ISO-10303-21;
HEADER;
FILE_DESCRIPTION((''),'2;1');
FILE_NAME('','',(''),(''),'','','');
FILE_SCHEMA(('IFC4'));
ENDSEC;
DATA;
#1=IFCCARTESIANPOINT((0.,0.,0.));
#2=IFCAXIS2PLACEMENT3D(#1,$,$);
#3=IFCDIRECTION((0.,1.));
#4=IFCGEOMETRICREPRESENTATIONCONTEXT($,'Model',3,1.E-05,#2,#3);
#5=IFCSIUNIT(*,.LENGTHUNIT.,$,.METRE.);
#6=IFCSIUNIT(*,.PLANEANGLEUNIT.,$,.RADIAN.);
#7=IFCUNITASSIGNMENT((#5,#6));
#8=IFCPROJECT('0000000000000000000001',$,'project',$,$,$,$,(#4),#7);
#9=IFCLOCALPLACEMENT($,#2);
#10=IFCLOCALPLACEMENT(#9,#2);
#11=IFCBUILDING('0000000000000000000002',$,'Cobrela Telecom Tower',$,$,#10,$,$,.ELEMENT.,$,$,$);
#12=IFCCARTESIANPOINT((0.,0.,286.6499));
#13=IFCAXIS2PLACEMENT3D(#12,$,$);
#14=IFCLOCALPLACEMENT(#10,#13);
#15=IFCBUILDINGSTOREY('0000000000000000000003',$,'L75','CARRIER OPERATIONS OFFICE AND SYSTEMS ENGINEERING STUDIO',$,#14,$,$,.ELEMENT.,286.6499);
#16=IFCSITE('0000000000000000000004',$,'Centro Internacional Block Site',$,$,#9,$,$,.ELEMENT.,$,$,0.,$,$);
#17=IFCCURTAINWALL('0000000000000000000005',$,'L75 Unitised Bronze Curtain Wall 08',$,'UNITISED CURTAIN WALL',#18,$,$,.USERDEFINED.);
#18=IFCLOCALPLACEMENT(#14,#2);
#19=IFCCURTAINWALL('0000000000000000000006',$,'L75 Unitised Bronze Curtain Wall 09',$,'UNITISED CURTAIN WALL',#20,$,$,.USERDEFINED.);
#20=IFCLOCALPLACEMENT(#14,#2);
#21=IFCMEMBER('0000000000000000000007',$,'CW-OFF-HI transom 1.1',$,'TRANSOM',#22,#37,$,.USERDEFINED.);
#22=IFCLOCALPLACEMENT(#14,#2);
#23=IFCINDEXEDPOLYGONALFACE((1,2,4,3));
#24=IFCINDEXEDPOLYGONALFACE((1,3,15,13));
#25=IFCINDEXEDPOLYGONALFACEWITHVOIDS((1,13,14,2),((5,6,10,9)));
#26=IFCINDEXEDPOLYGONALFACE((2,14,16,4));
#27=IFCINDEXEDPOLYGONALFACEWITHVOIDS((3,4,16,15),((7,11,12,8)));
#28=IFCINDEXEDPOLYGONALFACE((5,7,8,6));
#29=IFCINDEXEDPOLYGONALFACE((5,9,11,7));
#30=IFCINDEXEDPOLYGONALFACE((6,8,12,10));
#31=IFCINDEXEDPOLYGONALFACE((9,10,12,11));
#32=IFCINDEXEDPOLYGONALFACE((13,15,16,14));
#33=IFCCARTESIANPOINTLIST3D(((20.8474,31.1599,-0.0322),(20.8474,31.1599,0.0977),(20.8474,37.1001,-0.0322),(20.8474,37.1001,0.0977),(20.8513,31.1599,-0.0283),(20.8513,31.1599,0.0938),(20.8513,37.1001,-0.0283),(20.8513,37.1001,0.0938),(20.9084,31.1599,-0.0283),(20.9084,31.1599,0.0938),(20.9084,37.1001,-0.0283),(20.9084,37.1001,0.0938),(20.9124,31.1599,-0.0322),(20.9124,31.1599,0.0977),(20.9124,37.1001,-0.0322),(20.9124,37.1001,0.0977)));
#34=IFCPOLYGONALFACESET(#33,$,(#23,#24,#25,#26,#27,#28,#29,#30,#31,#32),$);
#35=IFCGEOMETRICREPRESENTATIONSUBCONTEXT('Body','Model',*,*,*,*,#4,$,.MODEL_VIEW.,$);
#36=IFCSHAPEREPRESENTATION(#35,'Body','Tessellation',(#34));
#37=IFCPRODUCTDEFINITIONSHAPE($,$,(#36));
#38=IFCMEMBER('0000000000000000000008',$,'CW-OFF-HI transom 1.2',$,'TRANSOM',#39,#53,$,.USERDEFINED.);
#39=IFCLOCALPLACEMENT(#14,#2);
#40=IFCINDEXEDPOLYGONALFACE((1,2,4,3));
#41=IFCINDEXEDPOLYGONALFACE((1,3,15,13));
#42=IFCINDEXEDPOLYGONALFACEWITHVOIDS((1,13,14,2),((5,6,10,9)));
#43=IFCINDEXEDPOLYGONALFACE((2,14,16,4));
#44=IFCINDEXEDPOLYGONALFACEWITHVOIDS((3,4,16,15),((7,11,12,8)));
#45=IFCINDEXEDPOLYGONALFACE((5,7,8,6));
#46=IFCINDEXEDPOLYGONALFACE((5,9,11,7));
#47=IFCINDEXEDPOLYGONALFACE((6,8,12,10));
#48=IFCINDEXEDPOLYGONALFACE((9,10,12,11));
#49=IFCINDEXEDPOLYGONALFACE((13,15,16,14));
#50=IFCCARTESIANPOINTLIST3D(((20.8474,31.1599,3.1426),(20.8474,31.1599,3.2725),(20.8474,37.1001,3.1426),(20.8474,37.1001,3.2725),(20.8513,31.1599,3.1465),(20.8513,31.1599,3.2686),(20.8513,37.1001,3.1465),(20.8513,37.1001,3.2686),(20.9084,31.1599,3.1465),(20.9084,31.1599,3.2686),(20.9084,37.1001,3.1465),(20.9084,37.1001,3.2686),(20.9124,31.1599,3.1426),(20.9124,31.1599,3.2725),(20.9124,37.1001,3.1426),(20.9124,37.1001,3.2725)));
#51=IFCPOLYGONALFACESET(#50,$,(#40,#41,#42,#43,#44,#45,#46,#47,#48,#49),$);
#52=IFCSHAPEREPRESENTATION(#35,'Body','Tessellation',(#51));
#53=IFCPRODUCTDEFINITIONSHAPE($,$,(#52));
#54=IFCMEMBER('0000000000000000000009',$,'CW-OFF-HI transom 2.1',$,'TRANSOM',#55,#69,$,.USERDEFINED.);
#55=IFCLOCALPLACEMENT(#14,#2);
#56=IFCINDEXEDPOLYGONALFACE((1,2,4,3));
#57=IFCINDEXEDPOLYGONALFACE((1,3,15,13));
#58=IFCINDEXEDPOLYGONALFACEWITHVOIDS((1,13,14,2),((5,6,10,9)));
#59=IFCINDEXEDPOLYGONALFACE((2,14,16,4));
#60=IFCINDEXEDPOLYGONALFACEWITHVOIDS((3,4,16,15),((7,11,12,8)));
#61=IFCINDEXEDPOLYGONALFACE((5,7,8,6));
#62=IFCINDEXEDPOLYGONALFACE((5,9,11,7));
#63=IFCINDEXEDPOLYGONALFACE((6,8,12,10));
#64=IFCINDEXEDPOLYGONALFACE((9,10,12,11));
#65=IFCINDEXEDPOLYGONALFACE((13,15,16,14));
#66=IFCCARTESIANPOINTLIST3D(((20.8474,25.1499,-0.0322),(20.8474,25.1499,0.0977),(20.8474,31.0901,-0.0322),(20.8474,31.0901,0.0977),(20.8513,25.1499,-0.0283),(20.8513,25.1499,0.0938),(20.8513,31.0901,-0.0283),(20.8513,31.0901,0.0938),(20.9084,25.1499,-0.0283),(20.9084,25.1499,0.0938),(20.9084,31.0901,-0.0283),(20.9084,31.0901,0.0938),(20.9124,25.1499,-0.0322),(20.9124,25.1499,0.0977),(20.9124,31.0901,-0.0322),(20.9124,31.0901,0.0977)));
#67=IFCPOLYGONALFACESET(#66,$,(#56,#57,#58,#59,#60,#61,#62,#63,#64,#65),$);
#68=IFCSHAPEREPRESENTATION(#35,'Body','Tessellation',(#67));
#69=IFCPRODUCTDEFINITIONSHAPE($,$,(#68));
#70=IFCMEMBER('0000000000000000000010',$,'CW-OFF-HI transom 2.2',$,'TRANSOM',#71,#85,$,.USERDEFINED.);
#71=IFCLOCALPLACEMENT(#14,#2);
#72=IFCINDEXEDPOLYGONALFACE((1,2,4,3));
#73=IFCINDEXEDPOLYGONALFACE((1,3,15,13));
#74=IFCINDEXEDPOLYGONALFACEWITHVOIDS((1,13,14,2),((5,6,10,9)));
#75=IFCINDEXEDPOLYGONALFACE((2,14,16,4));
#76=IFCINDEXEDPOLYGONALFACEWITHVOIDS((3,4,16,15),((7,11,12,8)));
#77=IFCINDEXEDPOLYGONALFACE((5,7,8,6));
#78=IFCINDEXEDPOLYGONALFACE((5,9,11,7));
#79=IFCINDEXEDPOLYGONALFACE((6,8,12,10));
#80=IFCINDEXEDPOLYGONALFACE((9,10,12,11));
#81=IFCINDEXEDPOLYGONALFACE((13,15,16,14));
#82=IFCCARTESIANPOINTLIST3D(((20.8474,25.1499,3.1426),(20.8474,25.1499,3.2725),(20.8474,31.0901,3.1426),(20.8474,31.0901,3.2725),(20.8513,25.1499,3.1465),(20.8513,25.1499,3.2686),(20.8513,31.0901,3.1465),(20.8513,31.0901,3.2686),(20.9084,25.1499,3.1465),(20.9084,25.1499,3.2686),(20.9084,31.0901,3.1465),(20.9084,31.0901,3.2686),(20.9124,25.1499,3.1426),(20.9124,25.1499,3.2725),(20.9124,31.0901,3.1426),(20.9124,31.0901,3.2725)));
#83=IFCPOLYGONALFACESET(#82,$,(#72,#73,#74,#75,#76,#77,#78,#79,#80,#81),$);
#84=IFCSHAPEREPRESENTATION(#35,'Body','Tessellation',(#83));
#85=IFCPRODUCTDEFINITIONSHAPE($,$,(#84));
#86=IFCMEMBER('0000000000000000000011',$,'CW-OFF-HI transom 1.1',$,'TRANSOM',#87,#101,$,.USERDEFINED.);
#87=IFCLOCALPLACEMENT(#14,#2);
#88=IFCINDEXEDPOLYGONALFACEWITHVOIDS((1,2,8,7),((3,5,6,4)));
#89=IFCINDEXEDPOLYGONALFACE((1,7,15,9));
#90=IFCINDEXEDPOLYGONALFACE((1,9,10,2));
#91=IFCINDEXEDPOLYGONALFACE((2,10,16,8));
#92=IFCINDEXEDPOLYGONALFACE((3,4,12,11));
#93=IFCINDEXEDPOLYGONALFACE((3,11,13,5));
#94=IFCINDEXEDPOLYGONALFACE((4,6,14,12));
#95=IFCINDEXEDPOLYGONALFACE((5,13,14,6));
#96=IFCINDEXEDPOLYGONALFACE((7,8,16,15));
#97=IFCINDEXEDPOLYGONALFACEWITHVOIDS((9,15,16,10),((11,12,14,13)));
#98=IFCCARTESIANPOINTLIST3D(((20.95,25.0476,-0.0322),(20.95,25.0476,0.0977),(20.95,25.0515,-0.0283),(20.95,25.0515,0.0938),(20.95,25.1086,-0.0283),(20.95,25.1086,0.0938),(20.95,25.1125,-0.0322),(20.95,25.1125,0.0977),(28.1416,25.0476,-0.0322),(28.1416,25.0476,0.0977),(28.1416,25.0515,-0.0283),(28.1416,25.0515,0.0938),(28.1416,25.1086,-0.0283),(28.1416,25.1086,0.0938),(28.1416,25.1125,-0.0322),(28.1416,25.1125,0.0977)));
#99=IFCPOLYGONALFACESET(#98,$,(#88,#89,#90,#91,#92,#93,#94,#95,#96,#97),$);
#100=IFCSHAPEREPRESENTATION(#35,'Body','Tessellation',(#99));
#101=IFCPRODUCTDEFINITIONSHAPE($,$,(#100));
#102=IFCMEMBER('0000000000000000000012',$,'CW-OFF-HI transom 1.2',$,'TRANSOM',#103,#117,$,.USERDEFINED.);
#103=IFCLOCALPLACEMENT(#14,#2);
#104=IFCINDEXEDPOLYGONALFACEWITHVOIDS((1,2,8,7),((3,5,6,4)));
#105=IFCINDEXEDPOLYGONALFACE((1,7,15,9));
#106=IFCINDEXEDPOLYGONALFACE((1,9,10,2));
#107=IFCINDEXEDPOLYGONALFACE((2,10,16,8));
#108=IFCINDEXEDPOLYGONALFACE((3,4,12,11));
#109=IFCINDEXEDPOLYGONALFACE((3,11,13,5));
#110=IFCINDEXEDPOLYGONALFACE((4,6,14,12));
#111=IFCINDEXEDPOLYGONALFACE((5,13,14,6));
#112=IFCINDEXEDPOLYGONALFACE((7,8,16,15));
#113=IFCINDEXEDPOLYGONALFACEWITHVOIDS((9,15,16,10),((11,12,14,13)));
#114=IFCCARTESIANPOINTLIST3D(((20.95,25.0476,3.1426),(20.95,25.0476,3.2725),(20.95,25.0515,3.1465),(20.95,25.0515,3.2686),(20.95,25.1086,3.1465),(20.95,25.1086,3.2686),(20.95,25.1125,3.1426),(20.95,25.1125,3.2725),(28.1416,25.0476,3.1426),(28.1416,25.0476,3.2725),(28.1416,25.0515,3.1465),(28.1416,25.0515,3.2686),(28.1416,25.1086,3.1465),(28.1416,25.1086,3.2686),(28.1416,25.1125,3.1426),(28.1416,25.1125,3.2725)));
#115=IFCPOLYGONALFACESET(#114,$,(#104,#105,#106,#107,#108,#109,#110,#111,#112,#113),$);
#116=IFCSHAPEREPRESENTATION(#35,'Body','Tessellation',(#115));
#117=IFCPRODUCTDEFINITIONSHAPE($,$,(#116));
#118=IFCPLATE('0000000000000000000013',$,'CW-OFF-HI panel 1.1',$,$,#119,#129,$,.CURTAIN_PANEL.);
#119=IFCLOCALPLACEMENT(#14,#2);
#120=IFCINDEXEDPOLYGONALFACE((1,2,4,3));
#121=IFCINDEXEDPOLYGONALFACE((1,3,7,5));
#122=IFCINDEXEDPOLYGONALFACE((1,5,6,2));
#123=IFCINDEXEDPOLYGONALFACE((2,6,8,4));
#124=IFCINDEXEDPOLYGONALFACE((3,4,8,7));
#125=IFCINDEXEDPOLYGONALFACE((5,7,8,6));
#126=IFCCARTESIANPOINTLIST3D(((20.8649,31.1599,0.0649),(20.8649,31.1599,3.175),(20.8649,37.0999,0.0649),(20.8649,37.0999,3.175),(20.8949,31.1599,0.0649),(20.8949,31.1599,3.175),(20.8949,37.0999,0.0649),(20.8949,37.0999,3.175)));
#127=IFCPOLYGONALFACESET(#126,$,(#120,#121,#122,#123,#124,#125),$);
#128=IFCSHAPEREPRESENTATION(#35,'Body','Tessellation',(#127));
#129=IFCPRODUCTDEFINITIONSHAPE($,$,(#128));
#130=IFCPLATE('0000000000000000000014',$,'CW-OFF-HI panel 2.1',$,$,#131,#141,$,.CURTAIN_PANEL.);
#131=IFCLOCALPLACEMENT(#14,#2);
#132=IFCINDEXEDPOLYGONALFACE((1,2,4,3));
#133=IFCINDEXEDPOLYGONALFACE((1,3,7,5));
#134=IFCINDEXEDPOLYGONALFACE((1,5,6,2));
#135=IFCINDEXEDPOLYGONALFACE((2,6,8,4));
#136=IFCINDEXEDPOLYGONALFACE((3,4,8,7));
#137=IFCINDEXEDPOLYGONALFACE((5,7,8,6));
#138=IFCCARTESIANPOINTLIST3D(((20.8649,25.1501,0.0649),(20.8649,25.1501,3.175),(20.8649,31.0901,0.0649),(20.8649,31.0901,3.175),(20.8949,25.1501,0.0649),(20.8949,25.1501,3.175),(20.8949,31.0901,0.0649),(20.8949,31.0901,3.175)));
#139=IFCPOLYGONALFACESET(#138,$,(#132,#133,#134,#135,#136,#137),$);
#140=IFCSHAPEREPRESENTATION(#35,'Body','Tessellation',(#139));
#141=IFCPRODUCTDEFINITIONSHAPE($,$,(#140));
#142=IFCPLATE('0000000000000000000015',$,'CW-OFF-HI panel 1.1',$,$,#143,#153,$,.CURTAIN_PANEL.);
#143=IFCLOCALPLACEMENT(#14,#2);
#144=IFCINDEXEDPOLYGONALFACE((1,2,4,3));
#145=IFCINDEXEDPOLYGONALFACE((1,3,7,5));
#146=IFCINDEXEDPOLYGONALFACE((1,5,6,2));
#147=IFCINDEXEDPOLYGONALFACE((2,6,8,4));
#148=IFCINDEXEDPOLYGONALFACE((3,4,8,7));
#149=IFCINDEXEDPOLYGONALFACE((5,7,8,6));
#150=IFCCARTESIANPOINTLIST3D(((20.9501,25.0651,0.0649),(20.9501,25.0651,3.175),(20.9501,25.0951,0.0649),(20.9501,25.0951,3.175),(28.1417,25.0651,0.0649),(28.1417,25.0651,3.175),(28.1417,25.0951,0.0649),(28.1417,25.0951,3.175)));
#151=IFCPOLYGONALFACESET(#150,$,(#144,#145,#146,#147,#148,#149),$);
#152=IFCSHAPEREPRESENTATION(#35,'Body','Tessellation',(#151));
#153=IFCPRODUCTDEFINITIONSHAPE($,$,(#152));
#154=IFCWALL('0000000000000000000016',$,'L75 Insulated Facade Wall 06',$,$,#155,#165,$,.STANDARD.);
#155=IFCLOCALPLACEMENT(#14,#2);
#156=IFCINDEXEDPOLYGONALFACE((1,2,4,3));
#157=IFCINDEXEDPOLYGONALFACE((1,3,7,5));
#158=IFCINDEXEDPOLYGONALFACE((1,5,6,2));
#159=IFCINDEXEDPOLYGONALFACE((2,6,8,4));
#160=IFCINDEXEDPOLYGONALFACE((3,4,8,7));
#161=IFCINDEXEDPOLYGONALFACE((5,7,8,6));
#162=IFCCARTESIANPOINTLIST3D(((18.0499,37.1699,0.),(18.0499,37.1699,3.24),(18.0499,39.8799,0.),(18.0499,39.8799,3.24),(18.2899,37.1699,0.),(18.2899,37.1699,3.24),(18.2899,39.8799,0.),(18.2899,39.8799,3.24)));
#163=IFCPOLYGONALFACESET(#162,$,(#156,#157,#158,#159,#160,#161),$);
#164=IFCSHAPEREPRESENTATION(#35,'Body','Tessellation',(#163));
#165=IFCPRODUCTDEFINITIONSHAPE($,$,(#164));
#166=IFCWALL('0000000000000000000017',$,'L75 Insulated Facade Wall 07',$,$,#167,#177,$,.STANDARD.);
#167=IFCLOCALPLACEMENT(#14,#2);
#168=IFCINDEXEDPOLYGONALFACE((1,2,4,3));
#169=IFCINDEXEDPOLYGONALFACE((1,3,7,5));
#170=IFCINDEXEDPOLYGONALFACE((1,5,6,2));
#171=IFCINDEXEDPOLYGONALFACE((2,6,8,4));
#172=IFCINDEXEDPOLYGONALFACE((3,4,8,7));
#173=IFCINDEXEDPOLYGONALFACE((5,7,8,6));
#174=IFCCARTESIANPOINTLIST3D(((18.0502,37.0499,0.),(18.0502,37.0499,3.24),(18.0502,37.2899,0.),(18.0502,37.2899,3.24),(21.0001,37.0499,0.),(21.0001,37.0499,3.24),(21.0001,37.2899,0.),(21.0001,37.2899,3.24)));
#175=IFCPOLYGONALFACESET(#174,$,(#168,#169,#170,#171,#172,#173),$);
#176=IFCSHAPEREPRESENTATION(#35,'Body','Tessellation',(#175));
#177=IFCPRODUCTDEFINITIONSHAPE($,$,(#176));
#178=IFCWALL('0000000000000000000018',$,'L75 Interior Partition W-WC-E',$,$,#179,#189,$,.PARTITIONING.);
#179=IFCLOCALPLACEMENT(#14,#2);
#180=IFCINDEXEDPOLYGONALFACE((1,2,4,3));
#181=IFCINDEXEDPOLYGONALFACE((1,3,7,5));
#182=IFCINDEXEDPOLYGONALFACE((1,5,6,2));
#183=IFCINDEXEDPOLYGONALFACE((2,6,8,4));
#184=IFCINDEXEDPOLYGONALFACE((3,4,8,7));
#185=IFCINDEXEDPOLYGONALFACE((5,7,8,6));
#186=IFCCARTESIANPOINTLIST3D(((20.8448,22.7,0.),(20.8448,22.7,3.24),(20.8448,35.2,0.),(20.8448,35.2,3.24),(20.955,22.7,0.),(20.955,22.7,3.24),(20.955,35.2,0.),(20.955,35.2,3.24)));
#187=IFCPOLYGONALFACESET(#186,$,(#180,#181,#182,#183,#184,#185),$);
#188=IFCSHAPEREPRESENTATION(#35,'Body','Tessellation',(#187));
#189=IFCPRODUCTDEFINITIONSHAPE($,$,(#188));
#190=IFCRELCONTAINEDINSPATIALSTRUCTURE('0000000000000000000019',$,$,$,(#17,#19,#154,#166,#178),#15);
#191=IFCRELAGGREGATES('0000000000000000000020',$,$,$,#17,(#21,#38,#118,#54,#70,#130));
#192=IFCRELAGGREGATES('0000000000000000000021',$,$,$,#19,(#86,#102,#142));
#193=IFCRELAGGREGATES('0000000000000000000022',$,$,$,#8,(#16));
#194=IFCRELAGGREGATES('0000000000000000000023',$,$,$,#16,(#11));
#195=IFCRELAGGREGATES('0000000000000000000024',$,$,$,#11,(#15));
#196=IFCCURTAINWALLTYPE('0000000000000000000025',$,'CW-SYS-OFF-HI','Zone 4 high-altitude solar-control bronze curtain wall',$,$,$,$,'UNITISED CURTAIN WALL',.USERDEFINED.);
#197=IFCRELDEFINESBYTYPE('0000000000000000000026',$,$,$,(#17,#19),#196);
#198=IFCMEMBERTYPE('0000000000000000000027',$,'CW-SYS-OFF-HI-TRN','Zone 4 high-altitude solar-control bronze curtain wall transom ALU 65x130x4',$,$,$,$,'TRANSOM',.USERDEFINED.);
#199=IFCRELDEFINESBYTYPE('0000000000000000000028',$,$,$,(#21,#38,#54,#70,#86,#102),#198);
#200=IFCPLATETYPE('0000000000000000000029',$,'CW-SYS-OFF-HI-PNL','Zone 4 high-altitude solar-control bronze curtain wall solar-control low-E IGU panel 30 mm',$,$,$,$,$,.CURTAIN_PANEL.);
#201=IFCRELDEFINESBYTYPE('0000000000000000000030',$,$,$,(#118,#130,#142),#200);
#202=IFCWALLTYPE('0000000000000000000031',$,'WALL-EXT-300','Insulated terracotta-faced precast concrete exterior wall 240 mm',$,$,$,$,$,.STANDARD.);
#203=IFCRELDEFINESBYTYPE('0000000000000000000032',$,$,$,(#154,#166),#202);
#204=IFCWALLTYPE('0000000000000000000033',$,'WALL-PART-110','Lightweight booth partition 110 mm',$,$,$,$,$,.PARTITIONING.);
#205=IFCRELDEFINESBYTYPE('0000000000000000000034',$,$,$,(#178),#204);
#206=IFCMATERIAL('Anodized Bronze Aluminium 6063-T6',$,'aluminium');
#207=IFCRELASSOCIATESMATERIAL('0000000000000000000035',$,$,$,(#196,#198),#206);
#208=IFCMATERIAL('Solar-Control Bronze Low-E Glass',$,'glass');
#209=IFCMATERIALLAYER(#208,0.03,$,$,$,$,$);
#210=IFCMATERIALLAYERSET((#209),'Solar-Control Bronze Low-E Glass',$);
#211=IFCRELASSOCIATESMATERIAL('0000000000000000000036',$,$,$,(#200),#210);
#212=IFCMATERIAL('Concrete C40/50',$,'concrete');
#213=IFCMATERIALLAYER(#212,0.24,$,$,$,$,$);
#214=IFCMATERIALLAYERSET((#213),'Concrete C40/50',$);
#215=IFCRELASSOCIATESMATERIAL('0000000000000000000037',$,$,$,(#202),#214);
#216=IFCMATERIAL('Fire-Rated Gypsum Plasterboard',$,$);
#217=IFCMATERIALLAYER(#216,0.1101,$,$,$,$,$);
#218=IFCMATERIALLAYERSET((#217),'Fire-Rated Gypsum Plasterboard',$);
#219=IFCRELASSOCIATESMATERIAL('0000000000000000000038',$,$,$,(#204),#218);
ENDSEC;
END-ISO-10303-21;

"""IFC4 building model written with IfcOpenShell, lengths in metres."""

from ifc_helpers import new_model, si_unit, direction, frame, frame_2d, origin, origin_2d, place, context, subcontext, project, spatial, rectangle, hollow_rectangle, extrude, material, layer, layer_set, material_profile, profile_set, type_object, element, aggregate, save


model = new_model("IFC4")

# Units and contexts
model_context = context("Model", 3, precision=1e-05, world=origin(), true_north=direction((0.0, 1.0)))
body_context = subcontext(model_context, "Body", "Model", "MODEL_VIEW")
ifc_project = project(units=[si_unit("LENGTHUNIT", "METRE"), si_unit("PLANEANGLEUNIT", "RADIAN")], contexts=[model_context])

# Site, building, storey
site_placement = place(None, origin())
site = spatial("IfcSite", under=ifc_project, at=site_placement, Name="Centro Internacional Block Site", CompositionType="ELEMENT", RefElevation=0.0)
building_placement = place(site_placement, origin())
building = spatial("IfcBuilding", under=site, at=building_placement, Name="Cobrela Telecom Tower", CompositionType="ELEMENT")
storey_placement = place(building_placement, frame((0.0, 0.0, 286.6499)))
storey = spatial("IfcBuildingStorey", under=building, at=storey_placement, Name="L75", Description="CARRIER OPERATIONS OFFICE AND SYSTEMS ENGINEERING STUDIO", CompositionType="ELEMENT", Elevation=286.6499)

# Shared definitions
ifc_material_1 = material(Name="Anodized Bronze Aluminium 6063-T6", Category="aluminium")
curtain_wall_type = type_object("IfcCurtainWallType", Name="CW-SYS-OFF-HI", Description="Zone 4 high-altitude solar-control bronze curtain wall", ElementType="UNITISED CURTAIN WALL", PredefinedType="USERDEFINED", material=ifc_material_1)

# Curtain wall
curtain_wall_1_placement = place(storey_placement, origin())
curtain_wall_1 = element("IfcCurtainWall", 1, at=curtain_wall_1_placement, inside=storey, type_object=curtain_wall_type, Name="L75 Unitised Bronze Curtain Wall 08", ObjectType="UNITISED CURTAIN WALL", PredefinedType="USERDEFINED")

# Curtain wall
curtain_wall_2_placement = place(storey_placement, origin())
curtain_wall_2 = element("IfcCurtainWall", 2, at=curtain_wall_2_placement, inside=storey, type_object=curtain_wall_type, Name="L75 Unitised Bronze Curtain Wall 09", ObjectType="UNITISED CURTAIN WALL", PredefinedType="USERDEFINED")

# Members
ifc_material_profile_1 = material_profile(ifc_material_1, hollow_rectangle(XDim=0.0649, YDim=0.1299, WallThickness=0.0039, at=origin_2d()), Name="ALU 65x130x4")
ifc_profile_set_1 = profile_set([ifc_material_profile_1], Name="Anodized Bronze Aluminium 6063-T6")
member_type_1 = type_object("IfcMemberType", Name="CW-SYS-OFF-HI-TRN", Description="Zone 4 high-altitude solar-control bronze curtain wall transom ALU 65x130x4", ElementType="TRANSOM", PredefinedType="USERDEFINED", material=ifc_profile_set_1)
member_1_placement = place(storey_placement, frame((20.8799, 37.1001, 0.0327), z_axis=(0.0, -1.0, 0.0), x_axis=(1.0, 0.0, 0.0)))
member_1 = element("IfcMember", 3, at=member_1_placement, type_object=member_type_1, Name="CW-OFF-HI transom 1.1", ObjectType="TRANSOM", PredefinedType="USERDEFINED", context=body_context, shape_type="SweptSolid", body=[
    extrude(hollow_rectangle(XDim=0.0649, YDim=0.1299, WallThickness=0.0039, at=origin_2d()), origin(), (0.0, 0.0, 1.0), 5.9402),
])
member_2_placement = place(storey_placement, frame((20.8799, 37.1001, 3.2075), z_axis=(0.0, -1.0, 0.0), x_axis=(1.0, 0.0, 0.0)))
member_2 = element("IfcMember", 4, at=member_2_placement, type_object=member_type_1, Name="CW-OFF-HI transom 1.2", ObjectType="TRANSOM", PredefinedType="USERDEFINED", context=body_context, shape_type="SweptSolid", body=[
    extrude(hollow_rectangle(XDim=0.0649, YDim=0.1299, WallThickness=0.0039, at=origin_2d()), origin(), (0.0, 0.0, 1.0), 5.9402),
])
member_3_placement = place(storey_placement, frame((20.8799, 31.0901, 0.0327), z_axis=(0.0, -1.0, 0.0), x_axis=(1.0, 0.0, 0.0)))
member_3 = element("IfcMember", 5, at=member_3_placement, type_object=member_type_1, Name="CW-OFF-HI transom 2.1", ObjectType="TRANSOM", PredefinedType="USERDEFINED", context=body_context, shape_type="SweptSolid", body=[
    extrude(hollow_rectangle(XDim=0.0649, YDim=0.1299, WallThickness=0.0039, at=origin_2d()), origin(), (0.0, 0.0, 1.0), 5.9402),
])
member_4_placement = place(storey_placement, frame((20.8799, 31.0901, 3.2075), z_axis=(0.0, -1.0, 0.0), x_axis=(1.0, 0.0, 0.0)))
member_4 = element("IfcMember", 6, at=member_4_placement, type_object=member_type_1, Name="CW-OFF-HI transom 2.2", ObjectType="TRANSOM", PredefinedType="USERDEFINED", context=body_context, shape_type="SweptSolid", body=[
    extrude(hollow_rectangle(XDim=0.0649, YDim=0.1299, WallThickness=0.0039, at=origin_2d()), origin(), (0.0, 0.0, 1.0), 5.9402),
])
member_5_placement = place(storey_placement, frame((20.95, 25.0801, 0.0327), z_axis=(1.0, 0.0, 0.0), x_axis=(0.0, 1.0, 0.0)))
member_5 = element("IfcMember", 7, at=member_5_placement, type_object=member_type_1, Name="CW-OFF-HI transom 1.1", ObjectType="TRANSOM", PredefinedType="USERDEFINED", context=body_context, shape_type="SweptSolid", body=[
    extrude(hollow_rectangle(XDim=0.0649, YDim=0.1299, WallThickness=0.0039, at=origin_2d()), origin(), (0.0, 0.0, 1.0), 7.1917),
])
member_6_placement = place(storey_placement, frame((20.95, 25.0801, 3.2075), z_axis=(1.0, 0.0, 0.0), x_axis=(0.0, 1.0, 0.0)))
member_6 = element("IfcMember", 8, at=member_6_placement, type_object=member_type_1, Name="CW-OFF-HI transom 1.2", ObjectType="TRANSOM", PredefinedType="USERDEFINED", context=body_context, shape_type="SweptSolid", body=[
    extrude(hollow_rectangle(XDim=0.0649, YDim=0.1299, WallThickness=0.0039, at=origin_2d()), origin(), (0.0, 0.0, 1.0), 7.1917),
])

# Plates
ifc_material_2 = material(Name="Solar-Control Bronze Low-E Glass", Category="glass")
ifc_layer_1 = layer(ifc_material_2, 0.03)
ifc_layer_set_1 = layer_set([ifc_layer_1], Name="Solar-Control Bronze Low-E Glass")
plate_type = type_object("IfcPlateType", Name="CW-SYS-OFF-HI-PNL", Description="Zone 4 high-altitude solar-control bronze curtain wall solar-control low-E IGU panel 30 mm", PredefinedType="CURTAIN_PANEL", material=ifc_layer_set_1)
plate_1_placement = place(storey_placement, frame((20.8799, 34.1299, 0.0649), z_axis=(0.0, 0.0, 1.0), x_axis=(0.0, -1.0, 0.0)))
plate_1 = element("IfcPlate", 9, at=plate_1_placement, type_object=plate_type, Name="CW-OFF-HI panel 1.1", PredefinedType="CURTAIN_PANEL", context=body_context, shape_type="SweptSolid", body=[
    extrude(rectangle(XDim=5.9399, YDim=0.03, at=origin_2d()), origin(), (0.0, 0.0, 1.0), 3.1101),
])
plate_2_placement = place(storey_placement, frame((20.8799, 28.1201, 0.0649), z_axis=(0.0, 0.0, 1.0), x_axis=(0.0, -1.0, 0.0)))
plate_2 = element("IfcPlate", 10, at=plate_2_placement, type_object=plate_type, Name="CW-OFF-HI panel 2.1", PredefinedType="CURTAIN_PANEL", context=body_context, shape_type="SweptSolid", body=[
    extrude(rectangle(XDim=5.9399, YDim=0.03, at=origin_2d()), origin(), (0.0, 0.0, 1.0), 3.1101),
])
aggregate(curtain_wall_1, [member_1, member_2, plate_1, member_3, member_4, plate_2])
plate_3_placement = place(storey_placement, frame((24.5459, 25.0801, 0.0649), z_axis=(0.0, 0.0, 1.0), x_axis=(1.0, 0.0, 0.0)))
plate_3 = element("IfcPlate", 11, at=plate_3_placement, type_object=plate_type, Name="CW-OFF-HI panel 1.1", PredefinedType="CURTAIN_PANEL", context=body_context, shape_type="SweptSolid", body=[
    extrude(rectangle(XDim=7.1917, YDim=0.03, at=origin_2d()), origin(), (0.0, 0.0, 1.0), 3.1101),
])
aggregate(curtain_wall_2, [member_5, member_6, plate_3])

# Walls
ifc_material_3 = material(Name="Concrete C40/50", Category="concrete")
ifc_layer_2 = layer(ifc_material_3, 0.24)
ifc_layer_set_2 = layer_set([ifc_layer_2], Name="Concrete C40/50")
wall_type_1 = type_object("IfcWallType", Name="WALL-EXT-300", Description="Insulated terracotta-faced precast concrete exterior wall 240 mm", PredefinedType="STANDARD", material=ifc_layer_set_2)
wall_1_placement = place(storey_placement, frame((18.1699, 39.8799, 0.0), z_axis=(0.0, 0.0, 1.0), x_axis=(0.0, -1.0, 0.0)))
element("IfcWall", 12, at=wall_1_placement, inside=storey, type_object=wall_type_1, Name="L75 Insulated Facade Wall 06", PredefinedType="STANDARD", context=body_context, shape_type="SweptSolid", body=[
    extrude(rectangle(XDim=2.71, YDim=0.24, at=frame_2d((1.355, 0.0))), origin(), (0.0, 0.0, 1.0), 3.24),
])
wall_2_placement = place(storey_placement, frame((18.05, 37.1699, 0.0), z_axis=(0.0, 0.0, 1.0), x_axis=(1.0, 0.0, 0.0)))
element("IfcWall", 13, at=wall_2_placement, inside=storey, type_object=wall_type_1, Name="L75 Insulated Facade Wall 07", PredefinedType="STANDARD", context=body_context, shape_type="SweptSolid", body=[
    extrude(rectangle(XDim=2.95, YDim=0.24, at=frame_2d((1.4751, 0.0))), origin(), (0.0, 0.0, 1.0), 3.24),
])
ifc_material_4 = material(Name="Fire-Rated Gypsum Plasterboard")
ifc_layer_3 = layer(ifc_material_4, 0.1101)
ifc_layer_set_3 = layer_set([ifc_layer_3], Name="Fire-Rated Gypsum Plasterboard")
wall_type_2 = type_object("IfcWallType", Name="WALL-PART-110", Description="Lightweight booth partition 110 mm", PredefinedType="PARTITIONING", material=ifc_layer_set_3)
wall_3_placement = place(storey_placement, frame((20.8999, 22.7, 0.0), z_axis=(0.0, 0.0, 1.0), x_axis=(0.0, 1.0, 0.0)))
element("IfcWall", 14, at=wall_3_placement, inside=storey, type_object=wall_type_2, Name="L75 Interior Partition W-WC-E", PredefinedType="PARTITIONING", context=body_context, shape_type="SweptSolid", body=[
    extrude(rectangle(XDim=12.5, YDim=0.1101, at=frame_2d((6.25, 0.0))), origin(), (0.0, 0.0, 1.0), 3.24),
])

save(model, "model.ifc")
